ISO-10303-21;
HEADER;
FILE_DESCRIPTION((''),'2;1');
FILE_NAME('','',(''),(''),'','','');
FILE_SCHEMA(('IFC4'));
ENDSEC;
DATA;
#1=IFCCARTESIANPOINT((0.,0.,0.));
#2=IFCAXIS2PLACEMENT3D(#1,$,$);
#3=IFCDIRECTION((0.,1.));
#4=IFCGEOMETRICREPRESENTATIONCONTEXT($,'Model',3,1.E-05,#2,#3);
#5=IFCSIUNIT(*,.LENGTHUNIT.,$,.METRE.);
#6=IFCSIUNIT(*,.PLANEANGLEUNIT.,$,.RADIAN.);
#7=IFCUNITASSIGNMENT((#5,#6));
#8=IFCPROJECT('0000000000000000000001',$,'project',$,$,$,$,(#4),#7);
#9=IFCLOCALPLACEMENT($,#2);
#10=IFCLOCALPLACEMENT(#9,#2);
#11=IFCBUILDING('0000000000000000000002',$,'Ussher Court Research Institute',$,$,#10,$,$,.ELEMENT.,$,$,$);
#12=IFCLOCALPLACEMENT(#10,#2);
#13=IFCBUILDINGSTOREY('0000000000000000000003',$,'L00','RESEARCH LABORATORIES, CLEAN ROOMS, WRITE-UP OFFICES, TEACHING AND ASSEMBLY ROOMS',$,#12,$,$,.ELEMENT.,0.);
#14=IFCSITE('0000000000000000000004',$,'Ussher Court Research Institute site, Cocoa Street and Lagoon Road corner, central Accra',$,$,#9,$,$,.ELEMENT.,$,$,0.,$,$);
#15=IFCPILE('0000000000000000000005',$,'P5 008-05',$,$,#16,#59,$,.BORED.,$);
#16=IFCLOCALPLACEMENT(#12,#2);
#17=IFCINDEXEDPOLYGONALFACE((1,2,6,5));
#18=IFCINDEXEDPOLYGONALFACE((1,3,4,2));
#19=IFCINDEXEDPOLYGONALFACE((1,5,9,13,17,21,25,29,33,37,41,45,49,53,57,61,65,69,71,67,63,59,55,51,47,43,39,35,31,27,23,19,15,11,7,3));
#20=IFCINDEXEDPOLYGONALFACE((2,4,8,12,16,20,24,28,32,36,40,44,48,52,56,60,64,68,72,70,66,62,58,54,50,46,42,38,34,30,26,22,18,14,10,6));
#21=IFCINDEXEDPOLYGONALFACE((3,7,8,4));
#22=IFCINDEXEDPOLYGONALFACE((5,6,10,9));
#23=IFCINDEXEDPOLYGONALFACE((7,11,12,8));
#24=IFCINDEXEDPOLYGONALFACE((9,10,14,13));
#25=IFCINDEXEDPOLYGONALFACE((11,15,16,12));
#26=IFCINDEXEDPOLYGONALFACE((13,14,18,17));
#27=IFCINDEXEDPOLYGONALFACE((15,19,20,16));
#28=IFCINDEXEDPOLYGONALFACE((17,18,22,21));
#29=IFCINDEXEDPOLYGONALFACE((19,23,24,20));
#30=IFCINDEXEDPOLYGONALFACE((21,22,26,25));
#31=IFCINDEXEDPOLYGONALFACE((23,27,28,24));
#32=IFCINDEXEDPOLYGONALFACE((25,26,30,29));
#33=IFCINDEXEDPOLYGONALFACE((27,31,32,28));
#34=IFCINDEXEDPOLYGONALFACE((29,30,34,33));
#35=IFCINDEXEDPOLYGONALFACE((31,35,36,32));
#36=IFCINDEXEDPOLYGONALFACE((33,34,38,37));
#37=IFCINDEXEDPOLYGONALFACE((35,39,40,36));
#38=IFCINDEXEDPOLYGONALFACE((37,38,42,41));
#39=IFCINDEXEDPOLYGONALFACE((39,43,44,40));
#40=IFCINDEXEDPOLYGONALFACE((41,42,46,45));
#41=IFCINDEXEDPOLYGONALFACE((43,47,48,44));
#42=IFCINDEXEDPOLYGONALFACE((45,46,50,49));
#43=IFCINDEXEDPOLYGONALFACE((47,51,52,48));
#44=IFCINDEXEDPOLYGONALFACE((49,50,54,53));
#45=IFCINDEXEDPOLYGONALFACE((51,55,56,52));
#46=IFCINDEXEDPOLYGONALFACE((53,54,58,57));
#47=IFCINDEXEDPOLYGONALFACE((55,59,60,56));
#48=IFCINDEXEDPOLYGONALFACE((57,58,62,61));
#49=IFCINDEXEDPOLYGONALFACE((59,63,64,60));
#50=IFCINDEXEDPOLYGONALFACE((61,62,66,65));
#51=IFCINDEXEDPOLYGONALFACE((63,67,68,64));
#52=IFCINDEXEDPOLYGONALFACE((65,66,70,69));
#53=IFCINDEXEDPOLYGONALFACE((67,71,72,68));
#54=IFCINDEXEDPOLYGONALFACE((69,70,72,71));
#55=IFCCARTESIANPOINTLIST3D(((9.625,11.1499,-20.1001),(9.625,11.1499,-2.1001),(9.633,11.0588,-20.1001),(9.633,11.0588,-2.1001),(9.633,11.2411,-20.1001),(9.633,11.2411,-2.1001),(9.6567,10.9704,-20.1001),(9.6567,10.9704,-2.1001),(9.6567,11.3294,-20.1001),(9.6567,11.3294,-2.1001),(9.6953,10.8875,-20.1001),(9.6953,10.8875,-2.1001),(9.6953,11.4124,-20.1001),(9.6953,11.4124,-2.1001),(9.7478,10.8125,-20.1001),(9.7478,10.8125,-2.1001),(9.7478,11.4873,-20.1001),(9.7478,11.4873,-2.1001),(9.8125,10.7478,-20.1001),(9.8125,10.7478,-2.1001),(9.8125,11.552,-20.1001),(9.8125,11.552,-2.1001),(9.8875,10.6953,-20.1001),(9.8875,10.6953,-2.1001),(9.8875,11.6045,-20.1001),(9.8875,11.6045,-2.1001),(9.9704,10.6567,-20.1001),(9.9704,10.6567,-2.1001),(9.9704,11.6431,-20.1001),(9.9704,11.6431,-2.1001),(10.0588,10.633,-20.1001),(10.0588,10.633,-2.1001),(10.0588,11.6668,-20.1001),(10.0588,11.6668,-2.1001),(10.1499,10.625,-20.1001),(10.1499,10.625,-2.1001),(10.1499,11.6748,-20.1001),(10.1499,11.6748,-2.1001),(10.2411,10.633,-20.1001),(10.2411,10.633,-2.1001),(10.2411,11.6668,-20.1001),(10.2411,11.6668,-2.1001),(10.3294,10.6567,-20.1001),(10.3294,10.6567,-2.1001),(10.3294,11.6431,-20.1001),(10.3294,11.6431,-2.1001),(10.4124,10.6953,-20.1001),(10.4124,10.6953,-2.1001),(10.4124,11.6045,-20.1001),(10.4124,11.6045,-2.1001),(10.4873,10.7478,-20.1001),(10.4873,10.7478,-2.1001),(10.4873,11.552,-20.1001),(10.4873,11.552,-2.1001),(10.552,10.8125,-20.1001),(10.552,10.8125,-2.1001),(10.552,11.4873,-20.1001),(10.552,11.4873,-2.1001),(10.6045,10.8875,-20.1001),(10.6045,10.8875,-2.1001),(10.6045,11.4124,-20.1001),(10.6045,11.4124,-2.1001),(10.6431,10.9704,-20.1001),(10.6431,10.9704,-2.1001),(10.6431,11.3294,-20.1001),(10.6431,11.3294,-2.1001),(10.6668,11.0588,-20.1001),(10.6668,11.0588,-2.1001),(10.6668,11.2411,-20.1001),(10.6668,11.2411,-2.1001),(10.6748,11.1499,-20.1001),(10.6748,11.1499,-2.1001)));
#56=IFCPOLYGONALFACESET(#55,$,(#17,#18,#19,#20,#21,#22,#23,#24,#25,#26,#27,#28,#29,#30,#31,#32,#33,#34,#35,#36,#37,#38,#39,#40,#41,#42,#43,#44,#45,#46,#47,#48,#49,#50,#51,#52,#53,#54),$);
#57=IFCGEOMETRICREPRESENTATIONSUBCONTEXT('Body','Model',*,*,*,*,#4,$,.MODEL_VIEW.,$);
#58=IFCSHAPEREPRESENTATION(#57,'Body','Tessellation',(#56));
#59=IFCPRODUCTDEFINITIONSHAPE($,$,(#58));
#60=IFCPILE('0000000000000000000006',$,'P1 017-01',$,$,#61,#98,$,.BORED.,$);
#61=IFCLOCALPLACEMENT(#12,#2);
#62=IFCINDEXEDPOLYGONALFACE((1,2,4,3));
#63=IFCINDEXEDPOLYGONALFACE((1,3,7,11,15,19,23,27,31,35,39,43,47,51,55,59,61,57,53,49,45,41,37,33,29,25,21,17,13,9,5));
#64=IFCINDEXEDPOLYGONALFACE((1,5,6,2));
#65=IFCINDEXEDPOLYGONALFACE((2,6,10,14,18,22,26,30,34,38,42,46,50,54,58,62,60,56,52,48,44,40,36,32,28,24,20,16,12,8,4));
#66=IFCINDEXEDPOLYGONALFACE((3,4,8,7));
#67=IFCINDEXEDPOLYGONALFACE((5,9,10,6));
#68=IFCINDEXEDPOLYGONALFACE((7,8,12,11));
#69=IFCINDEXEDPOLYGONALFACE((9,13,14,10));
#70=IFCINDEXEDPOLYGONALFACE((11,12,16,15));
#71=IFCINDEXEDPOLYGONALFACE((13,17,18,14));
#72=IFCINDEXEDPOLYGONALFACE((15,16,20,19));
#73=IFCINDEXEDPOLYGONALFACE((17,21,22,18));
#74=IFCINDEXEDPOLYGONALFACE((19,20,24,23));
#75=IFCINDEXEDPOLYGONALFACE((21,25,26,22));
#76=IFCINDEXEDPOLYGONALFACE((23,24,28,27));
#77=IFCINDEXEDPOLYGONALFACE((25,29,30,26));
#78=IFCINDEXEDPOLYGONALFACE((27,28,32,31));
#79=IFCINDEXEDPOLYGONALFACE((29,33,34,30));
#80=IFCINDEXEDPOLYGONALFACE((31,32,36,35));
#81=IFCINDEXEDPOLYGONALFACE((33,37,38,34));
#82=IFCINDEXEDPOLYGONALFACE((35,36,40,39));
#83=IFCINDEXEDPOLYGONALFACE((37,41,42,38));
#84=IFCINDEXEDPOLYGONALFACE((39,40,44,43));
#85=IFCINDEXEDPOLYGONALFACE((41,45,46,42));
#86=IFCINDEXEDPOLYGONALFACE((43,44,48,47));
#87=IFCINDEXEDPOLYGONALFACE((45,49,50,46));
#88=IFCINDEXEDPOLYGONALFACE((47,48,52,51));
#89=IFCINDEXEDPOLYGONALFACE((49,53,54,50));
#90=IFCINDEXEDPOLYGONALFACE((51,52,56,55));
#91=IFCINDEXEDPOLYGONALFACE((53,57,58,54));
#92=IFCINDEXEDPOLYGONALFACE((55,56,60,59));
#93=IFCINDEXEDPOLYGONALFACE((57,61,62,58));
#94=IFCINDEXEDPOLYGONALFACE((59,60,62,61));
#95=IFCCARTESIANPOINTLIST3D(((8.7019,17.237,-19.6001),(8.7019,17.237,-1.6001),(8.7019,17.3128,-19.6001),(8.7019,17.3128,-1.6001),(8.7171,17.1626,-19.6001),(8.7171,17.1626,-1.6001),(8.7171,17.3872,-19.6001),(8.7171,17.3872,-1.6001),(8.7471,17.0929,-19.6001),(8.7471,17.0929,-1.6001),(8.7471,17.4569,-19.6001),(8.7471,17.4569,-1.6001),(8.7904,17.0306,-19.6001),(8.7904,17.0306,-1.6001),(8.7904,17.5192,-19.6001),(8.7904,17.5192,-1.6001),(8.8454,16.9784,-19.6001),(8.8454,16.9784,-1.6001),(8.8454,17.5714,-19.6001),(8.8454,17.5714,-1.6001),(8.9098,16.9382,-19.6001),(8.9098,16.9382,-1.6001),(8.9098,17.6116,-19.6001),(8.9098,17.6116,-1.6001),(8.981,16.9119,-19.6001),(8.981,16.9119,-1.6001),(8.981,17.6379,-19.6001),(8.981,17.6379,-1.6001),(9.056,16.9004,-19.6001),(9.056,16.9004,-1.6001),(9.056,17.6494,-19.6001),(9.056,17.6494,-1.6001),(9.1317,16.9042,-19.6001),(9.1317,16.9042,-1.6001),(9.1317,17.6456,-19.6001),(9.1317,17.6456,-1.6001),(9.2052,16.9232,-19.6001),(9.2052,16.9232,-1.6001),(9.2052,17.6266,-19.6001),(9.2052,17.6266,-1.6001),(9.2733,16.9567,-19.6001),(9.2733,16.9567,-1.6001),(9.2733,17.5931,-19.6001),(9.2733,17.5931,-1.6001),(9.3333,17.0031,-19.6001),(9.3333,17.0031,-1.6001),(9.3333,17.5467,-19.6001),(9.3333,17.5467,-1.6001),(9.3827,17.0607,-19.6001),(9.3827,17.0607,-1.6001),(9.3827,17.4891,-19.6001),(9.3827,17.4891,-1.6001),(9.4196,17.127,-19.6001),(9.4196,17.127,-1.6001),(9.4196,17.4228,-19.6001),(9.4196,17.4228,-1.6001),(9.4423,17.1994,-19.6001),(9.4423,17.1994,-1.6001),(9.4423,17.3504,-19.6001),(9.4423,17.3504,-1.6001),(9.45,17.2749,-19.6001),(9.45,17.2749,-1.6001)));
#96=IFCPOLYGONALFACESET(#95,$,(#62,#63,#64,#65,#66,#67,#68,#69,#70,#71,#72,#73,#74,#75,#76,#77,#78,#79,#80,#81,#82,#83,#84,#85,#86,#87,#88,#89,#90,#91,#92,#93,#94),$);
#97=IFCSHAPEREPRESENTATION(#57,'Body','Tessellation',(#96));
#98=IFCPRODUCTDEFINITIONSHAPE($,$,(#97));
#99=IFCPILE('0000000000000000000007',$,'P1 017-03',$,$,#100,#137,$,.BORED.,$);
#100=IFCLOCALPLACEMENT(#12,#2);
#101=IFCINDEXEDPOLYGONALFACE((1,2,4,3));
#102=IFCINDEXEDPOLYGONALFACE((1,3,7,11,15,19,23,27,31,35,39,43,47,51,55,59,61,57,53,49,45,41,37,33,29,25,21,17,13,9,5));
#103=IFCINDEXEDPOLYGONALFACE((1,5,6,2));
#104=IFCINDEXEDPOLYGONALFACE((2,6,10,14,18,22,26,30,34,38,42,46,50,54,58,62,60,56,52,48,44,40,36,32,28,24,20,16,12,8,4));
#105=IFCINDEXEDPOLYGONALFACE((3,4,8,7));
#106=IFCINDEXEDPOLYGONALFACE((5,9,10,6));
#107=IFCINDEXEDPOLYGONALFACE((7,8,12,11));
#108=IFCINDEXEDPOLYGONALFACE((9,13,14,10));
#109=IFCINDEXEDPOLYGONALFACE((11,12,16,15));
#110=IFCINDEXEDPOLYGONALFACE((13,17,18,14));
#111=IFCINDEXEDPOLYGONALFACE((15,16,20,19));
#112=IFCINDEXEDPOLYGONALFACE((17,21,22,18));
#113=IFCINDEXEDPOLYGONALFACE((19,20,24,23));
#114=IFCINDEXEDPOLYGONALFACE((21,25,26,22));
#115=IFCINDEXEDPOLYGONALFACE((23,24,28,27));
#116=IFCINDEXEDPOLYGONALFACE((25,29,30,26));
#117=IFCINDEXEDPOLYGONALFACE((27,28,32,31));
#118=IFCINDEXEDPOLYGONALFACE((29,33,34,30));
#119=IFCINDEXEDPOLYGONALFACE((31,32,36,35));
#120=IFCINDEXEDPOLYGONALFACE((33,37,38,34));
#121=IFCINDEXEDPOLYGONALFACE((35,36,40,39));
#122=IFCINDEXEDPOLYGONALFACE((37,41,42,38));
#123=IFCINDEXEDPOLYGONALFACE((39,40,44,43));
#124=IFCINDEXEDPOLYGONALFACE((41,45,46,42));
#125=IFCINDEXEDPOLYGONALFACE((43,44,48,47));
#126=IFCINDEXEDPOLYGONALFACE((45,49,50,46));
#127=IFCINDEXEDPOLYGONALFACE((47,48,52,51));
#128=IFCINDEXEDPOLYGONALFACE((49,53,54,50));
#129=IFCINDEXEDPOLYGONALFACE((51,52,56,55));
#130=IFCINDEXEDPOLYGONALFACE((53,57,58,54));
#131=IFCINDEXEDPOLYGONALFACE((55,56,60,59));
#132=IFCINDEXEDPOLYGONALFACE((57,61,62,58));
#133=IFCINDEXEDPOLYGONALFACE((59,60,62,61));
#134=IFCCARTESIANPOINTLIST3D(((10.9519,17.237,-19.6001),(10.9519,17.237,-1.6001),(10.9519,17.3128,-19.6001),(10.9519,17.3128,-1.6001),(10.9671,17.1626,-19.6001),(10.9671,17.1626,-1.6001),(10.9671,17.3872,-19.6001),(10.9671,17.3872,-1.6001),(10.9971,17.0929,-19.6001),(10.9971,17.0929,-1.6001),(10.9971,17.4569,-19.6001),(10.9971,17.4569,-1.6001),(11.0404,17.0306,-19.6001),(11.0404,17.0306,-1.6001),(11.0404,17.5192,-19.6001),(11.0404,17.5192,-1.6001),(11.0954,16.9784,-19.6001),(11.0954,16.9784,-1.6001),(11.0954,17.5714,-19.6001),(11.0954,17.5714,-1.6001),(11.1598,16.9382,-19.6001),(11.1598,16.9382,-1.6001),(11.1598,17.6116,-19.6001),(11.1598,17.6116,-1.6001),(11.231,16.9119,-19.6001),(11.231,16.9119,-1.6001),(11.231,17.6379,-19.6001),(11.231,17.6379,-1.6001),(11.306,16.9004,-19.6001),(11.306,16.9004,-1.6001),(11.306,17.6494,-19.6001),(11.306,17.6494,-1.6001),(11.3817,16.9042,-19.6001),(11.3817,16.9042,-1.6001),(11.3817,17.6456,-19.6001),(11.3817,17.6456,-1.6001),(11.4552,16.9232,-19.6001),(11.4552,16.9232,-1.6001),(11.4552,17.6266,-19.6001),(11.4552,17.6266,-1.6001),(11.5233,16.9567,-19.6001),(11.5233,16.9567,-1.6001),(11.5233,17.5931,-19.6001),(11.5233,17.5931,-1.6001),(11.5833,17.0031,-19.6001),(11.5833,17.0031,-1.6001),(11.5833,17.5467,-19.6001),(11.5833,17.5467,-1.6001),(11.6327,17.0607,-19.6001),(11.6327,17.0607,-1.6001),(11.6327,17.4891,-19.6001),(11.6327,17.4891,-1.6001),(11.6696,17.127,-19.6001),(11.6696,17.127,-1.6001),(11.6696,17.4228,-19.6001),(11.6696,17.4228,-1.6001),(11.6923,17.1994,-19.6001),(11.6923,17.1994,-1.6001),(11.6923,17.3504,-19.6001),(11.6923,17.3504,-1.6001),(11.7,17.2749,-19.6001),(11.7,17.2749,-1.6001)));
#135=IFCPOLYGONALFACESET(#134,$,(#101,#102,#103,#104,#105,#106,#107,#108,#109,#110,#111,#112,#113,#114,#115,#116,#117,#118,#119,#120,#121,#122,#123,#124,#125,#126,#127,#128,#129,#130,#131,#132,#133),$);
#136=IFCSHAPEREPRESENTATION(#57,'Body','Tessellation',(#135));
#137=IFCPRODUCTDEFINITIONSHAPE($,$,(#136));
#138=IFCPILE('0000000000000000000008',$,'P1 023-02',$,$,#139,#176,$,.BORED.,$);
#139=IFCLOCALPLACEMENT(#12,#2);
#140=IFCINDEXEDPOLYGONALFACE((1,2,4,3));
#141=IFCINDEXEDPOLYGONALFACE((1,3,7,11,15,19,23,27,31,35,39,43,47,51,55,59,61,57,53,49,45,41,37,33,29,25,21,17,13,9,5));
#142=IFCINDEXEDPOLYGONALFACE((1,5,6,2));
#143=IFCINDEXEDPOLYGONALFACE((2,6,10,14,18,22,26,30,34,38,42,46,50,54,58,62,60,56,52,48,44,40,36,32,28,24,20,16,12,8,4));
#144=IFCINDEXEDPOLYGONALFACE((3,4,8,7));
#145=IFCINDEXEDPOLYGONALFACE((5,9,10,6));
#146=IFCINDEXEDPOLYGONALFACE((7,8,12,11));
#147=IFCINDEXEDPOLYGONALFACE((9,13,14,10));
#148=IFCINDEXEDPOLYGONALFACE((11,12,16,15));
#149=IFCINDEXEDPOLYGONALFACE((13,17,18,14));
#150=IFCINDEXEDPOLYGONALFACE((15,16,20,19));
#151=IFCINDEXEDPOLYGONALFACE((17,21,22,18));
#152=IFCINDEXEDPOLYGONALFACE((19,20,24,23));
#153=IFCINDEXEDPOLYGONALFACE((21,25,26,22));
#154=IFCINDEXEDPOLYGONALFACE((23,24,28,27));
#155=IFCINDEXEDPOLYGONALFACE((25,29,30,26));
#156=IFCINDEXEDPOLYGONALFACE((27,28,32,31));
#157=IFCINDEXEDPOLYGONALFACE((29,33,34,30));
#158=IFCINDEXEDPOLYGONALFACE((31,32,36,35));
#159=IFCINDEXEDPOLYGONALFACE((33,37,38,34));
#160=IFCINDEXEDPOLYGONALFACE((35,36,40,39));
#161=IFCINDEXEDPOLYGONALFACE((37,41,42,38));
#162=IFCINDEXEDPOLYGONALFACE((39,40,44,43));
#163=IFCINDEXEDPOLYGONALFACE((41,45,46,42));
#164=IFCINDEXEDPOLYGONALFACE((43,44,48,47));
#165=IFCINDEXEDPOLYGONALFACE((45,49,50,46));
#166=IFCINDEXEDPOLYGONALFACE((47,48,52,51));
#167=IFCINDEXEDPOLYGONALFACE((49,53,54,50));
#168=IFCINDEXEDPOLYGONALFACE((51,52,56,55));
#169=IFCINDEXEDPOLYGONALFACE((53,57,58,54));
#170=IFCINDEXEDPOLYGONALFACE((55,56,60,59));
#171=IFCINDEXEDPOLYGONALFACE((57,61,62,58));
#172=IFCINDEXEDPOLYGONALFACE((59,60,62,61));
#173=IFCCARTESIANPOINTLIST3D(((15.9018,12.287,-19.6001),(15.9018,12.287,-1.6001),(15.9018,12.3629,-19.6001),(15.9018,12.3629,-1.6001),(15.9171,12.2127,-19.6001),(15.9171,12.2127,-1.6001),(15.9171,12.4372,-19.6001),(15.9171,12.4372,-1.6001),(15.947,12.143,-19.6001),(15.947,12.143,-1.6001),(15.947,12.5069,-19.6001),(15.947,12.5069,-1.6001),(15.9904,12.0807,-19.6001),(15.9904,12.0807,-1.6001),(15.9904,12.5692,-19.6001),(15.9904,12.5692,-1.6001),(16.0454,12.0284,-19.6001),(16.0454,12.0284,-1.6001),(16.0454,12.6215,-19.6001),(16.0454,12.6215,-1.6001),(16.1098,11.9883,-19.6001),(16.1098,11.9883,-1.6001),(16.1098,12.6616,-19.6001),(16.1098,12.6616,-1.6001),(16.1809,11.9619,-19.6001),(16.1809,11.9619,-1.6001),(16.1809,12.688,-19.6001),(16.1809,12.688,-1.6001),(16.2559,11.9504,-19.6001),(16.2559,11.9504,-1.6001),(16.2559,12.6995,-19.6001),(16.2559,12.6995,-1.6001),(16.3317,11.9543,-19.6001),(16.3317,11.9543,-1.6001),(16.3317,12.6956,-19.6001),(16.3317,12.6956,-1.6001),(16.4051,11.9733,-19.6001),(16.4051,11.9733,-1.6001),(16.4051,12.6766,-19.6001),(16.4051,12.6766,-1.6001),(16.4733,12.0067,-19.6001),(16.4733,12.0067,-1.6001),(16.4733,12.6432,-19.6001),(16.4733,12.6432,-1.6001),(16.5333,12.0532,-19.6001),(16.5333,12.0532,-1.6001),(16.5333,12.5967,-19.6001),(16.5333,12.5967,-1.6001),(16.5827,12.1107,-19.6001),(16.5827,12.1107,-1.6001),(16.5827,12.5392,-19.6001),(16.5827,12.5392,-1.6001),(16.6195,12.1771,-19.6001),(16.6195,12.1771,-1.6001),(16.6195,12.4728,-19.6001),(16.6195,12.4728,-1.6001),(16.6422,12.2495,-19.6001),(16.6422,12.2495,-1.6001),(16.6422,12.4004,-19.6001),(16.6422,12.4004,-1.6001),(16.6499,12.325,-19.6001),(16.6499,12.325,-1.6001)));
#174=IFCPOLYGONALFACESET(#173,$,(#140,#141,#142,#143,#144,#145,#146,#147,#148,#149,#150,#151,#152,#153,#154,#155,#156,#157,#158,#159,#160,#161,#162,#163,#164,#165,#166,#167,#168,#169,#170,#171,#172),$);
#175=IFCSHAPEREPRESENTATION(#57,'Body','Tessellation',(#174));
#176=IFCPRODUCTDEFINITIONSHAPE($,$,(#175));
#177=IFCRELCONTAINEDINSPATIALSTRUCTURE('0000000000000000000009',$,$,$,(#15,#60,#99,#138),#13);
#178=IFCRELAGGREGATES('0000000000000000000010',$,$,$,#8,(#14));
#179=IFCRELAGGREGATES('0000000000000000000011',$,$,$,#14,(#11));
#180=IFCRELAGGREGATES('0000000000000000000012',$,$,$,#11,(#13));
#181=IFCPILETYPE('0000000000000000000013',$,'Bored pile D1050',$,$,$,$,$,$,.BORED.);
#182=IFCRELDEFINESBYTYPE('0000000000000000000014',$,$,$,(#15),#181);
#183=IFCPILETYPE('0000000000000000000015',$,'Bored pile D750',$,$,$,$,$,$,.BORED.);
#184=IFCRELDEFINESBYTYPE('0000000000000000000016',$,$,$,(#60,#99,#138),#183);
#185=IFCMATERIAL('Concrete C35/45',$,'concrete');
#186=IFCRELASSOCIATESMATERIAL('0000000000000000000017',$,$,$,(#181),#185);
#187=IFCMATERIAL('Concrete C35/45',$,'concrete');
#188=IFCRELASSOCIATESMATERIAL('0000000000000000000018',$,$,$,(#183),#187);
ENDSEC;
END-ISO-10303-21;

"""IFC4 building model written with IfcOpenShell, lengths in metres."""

from ifc_helpers import new_model, si_unit, direction, frame, origin, origin_2d, place, context, subcontext, project, spatial, circle, extrude, material, material_profile, profile_set, type_object, element, save


model = new_model("IFC4")

# Units and contexts
model_context = context("Model", 3, precision=1e-05, world=origin(), true_north=direction((0.0, 1.0)))
body_context = subcontext(model_context, "Body", "Model", "MODEL_VIEW")
ifc_project = project(units=[si_unit("LENGTHUNIT", "METRE"), si_unit("PLANEANGLEUNIT", "RADIAN")], contexts=[model_context])

# Site, building, storey
site_placement = place(None, origin())
site = spatial("IfcSite", under=ifc_project, at=site_placement, Name="Ussher Court Research Institute site, Cocoa Street and Lagoon Road corner, central Accra", CompositionType="ELEMENT", RefElevation=0.0)
building_placement = place(site_placement, origin())
building = spatial("IfcBuilding", under=site, at=building_placement, Name="Ussher Court Research Institute", CompositionType="ELEMENT")
storey_placement = place(building_placement, origin())
storey = spatial("IfcBuildingStorey", under=building, at=storey_placement, Name="L00", Description="RESEARCH LABORATORIES, CLEAN ROOMS, WRITE-UP OFFICES, TEACHING AND ASSEMBLY ROOMS", CompositionType="ELEMENT", Elevation=0.0)

# Piles
ifc_material_1 = material(Name="Concrete C35/45", Category="concrete")
ifc_material_profile_1 = material_profile(ifc_material_1, circle(Radius=0.5249, at=origin_2d()), Name="RC D1050")
ifc_profile_set_1 = profile_set([ifc_material_profile_1], Name="Concrete C35/45")
pile_type_1 = type_object("IfcPileType", Name="Bored pile D1050", PredefinedType="BORED", material=ifc_profile_set_1)
pile_placement = place(storey_placement, frame((10.1499, 11.1499, -2.1001), z_axis=(0.0, 0.0, -1.0), x_axis=(1.0, 0.0, 0.0)))
element("IfcPile", 1, at=pile_placement, inside=storey, type_object=pile_type_1, Name="P5 008-05", PredefinedType="BORED", context=body_context, shape_type="SweptSolid", body=[
    extrude(circle(Radius=0.5249, at=origin_2d()), origin(), (0.0, 0.0, 1.0), 18.0),
])
ifc_material_2 = material(Name="Concrete C35/45", Category="concrete")
ifc_material_profile_2 = material_profile(ifc_material_2, circle(Radius=0.375, at=origin_2d()), Name="RC D750")
ifc_profile_set_2 = profile_set([ifc_material_profile_2], Name="Concrete C35/45")
pile_type_2 = type_object("IfcPileType", Name="Bored pile D750", PredefinedType="BORED", material=ifc_profile_set_2)
for number, where, z_axis, x_axis, name in (
    (2, (9.075, 17.2749, -1.6001), (0.0, 0.0, -1.0), (1.0, 0.0, 0.0), "P1 017-01"),
    (3, (11.325, 17.2749, -1.6001), (0.0, 0.0, -1.0), (1.0, 0.0, 0.0), "P1 017-03"),
    (4, (16.2749, 12.325, -1.6001), (0.0, 0.0, -1.0), (1.0, 0.0, 0.0), "P1 023-02"),
):
    element("IfcPile", number, at=place(storey_placement, frame(where, z_axis=z_axis, x_axis=x_axis)), inside=storey, type_object=pile_type_2, Name=name, PredefinedType="BORED", context=body_context, shape_type="SweptSolid", body=[
        extrude(circle(Radius=0.375, at=origin_2d()), origin(), (0.0, 0.0, 1.0), 18.0),
    ])

save(model, "model.ifc")
